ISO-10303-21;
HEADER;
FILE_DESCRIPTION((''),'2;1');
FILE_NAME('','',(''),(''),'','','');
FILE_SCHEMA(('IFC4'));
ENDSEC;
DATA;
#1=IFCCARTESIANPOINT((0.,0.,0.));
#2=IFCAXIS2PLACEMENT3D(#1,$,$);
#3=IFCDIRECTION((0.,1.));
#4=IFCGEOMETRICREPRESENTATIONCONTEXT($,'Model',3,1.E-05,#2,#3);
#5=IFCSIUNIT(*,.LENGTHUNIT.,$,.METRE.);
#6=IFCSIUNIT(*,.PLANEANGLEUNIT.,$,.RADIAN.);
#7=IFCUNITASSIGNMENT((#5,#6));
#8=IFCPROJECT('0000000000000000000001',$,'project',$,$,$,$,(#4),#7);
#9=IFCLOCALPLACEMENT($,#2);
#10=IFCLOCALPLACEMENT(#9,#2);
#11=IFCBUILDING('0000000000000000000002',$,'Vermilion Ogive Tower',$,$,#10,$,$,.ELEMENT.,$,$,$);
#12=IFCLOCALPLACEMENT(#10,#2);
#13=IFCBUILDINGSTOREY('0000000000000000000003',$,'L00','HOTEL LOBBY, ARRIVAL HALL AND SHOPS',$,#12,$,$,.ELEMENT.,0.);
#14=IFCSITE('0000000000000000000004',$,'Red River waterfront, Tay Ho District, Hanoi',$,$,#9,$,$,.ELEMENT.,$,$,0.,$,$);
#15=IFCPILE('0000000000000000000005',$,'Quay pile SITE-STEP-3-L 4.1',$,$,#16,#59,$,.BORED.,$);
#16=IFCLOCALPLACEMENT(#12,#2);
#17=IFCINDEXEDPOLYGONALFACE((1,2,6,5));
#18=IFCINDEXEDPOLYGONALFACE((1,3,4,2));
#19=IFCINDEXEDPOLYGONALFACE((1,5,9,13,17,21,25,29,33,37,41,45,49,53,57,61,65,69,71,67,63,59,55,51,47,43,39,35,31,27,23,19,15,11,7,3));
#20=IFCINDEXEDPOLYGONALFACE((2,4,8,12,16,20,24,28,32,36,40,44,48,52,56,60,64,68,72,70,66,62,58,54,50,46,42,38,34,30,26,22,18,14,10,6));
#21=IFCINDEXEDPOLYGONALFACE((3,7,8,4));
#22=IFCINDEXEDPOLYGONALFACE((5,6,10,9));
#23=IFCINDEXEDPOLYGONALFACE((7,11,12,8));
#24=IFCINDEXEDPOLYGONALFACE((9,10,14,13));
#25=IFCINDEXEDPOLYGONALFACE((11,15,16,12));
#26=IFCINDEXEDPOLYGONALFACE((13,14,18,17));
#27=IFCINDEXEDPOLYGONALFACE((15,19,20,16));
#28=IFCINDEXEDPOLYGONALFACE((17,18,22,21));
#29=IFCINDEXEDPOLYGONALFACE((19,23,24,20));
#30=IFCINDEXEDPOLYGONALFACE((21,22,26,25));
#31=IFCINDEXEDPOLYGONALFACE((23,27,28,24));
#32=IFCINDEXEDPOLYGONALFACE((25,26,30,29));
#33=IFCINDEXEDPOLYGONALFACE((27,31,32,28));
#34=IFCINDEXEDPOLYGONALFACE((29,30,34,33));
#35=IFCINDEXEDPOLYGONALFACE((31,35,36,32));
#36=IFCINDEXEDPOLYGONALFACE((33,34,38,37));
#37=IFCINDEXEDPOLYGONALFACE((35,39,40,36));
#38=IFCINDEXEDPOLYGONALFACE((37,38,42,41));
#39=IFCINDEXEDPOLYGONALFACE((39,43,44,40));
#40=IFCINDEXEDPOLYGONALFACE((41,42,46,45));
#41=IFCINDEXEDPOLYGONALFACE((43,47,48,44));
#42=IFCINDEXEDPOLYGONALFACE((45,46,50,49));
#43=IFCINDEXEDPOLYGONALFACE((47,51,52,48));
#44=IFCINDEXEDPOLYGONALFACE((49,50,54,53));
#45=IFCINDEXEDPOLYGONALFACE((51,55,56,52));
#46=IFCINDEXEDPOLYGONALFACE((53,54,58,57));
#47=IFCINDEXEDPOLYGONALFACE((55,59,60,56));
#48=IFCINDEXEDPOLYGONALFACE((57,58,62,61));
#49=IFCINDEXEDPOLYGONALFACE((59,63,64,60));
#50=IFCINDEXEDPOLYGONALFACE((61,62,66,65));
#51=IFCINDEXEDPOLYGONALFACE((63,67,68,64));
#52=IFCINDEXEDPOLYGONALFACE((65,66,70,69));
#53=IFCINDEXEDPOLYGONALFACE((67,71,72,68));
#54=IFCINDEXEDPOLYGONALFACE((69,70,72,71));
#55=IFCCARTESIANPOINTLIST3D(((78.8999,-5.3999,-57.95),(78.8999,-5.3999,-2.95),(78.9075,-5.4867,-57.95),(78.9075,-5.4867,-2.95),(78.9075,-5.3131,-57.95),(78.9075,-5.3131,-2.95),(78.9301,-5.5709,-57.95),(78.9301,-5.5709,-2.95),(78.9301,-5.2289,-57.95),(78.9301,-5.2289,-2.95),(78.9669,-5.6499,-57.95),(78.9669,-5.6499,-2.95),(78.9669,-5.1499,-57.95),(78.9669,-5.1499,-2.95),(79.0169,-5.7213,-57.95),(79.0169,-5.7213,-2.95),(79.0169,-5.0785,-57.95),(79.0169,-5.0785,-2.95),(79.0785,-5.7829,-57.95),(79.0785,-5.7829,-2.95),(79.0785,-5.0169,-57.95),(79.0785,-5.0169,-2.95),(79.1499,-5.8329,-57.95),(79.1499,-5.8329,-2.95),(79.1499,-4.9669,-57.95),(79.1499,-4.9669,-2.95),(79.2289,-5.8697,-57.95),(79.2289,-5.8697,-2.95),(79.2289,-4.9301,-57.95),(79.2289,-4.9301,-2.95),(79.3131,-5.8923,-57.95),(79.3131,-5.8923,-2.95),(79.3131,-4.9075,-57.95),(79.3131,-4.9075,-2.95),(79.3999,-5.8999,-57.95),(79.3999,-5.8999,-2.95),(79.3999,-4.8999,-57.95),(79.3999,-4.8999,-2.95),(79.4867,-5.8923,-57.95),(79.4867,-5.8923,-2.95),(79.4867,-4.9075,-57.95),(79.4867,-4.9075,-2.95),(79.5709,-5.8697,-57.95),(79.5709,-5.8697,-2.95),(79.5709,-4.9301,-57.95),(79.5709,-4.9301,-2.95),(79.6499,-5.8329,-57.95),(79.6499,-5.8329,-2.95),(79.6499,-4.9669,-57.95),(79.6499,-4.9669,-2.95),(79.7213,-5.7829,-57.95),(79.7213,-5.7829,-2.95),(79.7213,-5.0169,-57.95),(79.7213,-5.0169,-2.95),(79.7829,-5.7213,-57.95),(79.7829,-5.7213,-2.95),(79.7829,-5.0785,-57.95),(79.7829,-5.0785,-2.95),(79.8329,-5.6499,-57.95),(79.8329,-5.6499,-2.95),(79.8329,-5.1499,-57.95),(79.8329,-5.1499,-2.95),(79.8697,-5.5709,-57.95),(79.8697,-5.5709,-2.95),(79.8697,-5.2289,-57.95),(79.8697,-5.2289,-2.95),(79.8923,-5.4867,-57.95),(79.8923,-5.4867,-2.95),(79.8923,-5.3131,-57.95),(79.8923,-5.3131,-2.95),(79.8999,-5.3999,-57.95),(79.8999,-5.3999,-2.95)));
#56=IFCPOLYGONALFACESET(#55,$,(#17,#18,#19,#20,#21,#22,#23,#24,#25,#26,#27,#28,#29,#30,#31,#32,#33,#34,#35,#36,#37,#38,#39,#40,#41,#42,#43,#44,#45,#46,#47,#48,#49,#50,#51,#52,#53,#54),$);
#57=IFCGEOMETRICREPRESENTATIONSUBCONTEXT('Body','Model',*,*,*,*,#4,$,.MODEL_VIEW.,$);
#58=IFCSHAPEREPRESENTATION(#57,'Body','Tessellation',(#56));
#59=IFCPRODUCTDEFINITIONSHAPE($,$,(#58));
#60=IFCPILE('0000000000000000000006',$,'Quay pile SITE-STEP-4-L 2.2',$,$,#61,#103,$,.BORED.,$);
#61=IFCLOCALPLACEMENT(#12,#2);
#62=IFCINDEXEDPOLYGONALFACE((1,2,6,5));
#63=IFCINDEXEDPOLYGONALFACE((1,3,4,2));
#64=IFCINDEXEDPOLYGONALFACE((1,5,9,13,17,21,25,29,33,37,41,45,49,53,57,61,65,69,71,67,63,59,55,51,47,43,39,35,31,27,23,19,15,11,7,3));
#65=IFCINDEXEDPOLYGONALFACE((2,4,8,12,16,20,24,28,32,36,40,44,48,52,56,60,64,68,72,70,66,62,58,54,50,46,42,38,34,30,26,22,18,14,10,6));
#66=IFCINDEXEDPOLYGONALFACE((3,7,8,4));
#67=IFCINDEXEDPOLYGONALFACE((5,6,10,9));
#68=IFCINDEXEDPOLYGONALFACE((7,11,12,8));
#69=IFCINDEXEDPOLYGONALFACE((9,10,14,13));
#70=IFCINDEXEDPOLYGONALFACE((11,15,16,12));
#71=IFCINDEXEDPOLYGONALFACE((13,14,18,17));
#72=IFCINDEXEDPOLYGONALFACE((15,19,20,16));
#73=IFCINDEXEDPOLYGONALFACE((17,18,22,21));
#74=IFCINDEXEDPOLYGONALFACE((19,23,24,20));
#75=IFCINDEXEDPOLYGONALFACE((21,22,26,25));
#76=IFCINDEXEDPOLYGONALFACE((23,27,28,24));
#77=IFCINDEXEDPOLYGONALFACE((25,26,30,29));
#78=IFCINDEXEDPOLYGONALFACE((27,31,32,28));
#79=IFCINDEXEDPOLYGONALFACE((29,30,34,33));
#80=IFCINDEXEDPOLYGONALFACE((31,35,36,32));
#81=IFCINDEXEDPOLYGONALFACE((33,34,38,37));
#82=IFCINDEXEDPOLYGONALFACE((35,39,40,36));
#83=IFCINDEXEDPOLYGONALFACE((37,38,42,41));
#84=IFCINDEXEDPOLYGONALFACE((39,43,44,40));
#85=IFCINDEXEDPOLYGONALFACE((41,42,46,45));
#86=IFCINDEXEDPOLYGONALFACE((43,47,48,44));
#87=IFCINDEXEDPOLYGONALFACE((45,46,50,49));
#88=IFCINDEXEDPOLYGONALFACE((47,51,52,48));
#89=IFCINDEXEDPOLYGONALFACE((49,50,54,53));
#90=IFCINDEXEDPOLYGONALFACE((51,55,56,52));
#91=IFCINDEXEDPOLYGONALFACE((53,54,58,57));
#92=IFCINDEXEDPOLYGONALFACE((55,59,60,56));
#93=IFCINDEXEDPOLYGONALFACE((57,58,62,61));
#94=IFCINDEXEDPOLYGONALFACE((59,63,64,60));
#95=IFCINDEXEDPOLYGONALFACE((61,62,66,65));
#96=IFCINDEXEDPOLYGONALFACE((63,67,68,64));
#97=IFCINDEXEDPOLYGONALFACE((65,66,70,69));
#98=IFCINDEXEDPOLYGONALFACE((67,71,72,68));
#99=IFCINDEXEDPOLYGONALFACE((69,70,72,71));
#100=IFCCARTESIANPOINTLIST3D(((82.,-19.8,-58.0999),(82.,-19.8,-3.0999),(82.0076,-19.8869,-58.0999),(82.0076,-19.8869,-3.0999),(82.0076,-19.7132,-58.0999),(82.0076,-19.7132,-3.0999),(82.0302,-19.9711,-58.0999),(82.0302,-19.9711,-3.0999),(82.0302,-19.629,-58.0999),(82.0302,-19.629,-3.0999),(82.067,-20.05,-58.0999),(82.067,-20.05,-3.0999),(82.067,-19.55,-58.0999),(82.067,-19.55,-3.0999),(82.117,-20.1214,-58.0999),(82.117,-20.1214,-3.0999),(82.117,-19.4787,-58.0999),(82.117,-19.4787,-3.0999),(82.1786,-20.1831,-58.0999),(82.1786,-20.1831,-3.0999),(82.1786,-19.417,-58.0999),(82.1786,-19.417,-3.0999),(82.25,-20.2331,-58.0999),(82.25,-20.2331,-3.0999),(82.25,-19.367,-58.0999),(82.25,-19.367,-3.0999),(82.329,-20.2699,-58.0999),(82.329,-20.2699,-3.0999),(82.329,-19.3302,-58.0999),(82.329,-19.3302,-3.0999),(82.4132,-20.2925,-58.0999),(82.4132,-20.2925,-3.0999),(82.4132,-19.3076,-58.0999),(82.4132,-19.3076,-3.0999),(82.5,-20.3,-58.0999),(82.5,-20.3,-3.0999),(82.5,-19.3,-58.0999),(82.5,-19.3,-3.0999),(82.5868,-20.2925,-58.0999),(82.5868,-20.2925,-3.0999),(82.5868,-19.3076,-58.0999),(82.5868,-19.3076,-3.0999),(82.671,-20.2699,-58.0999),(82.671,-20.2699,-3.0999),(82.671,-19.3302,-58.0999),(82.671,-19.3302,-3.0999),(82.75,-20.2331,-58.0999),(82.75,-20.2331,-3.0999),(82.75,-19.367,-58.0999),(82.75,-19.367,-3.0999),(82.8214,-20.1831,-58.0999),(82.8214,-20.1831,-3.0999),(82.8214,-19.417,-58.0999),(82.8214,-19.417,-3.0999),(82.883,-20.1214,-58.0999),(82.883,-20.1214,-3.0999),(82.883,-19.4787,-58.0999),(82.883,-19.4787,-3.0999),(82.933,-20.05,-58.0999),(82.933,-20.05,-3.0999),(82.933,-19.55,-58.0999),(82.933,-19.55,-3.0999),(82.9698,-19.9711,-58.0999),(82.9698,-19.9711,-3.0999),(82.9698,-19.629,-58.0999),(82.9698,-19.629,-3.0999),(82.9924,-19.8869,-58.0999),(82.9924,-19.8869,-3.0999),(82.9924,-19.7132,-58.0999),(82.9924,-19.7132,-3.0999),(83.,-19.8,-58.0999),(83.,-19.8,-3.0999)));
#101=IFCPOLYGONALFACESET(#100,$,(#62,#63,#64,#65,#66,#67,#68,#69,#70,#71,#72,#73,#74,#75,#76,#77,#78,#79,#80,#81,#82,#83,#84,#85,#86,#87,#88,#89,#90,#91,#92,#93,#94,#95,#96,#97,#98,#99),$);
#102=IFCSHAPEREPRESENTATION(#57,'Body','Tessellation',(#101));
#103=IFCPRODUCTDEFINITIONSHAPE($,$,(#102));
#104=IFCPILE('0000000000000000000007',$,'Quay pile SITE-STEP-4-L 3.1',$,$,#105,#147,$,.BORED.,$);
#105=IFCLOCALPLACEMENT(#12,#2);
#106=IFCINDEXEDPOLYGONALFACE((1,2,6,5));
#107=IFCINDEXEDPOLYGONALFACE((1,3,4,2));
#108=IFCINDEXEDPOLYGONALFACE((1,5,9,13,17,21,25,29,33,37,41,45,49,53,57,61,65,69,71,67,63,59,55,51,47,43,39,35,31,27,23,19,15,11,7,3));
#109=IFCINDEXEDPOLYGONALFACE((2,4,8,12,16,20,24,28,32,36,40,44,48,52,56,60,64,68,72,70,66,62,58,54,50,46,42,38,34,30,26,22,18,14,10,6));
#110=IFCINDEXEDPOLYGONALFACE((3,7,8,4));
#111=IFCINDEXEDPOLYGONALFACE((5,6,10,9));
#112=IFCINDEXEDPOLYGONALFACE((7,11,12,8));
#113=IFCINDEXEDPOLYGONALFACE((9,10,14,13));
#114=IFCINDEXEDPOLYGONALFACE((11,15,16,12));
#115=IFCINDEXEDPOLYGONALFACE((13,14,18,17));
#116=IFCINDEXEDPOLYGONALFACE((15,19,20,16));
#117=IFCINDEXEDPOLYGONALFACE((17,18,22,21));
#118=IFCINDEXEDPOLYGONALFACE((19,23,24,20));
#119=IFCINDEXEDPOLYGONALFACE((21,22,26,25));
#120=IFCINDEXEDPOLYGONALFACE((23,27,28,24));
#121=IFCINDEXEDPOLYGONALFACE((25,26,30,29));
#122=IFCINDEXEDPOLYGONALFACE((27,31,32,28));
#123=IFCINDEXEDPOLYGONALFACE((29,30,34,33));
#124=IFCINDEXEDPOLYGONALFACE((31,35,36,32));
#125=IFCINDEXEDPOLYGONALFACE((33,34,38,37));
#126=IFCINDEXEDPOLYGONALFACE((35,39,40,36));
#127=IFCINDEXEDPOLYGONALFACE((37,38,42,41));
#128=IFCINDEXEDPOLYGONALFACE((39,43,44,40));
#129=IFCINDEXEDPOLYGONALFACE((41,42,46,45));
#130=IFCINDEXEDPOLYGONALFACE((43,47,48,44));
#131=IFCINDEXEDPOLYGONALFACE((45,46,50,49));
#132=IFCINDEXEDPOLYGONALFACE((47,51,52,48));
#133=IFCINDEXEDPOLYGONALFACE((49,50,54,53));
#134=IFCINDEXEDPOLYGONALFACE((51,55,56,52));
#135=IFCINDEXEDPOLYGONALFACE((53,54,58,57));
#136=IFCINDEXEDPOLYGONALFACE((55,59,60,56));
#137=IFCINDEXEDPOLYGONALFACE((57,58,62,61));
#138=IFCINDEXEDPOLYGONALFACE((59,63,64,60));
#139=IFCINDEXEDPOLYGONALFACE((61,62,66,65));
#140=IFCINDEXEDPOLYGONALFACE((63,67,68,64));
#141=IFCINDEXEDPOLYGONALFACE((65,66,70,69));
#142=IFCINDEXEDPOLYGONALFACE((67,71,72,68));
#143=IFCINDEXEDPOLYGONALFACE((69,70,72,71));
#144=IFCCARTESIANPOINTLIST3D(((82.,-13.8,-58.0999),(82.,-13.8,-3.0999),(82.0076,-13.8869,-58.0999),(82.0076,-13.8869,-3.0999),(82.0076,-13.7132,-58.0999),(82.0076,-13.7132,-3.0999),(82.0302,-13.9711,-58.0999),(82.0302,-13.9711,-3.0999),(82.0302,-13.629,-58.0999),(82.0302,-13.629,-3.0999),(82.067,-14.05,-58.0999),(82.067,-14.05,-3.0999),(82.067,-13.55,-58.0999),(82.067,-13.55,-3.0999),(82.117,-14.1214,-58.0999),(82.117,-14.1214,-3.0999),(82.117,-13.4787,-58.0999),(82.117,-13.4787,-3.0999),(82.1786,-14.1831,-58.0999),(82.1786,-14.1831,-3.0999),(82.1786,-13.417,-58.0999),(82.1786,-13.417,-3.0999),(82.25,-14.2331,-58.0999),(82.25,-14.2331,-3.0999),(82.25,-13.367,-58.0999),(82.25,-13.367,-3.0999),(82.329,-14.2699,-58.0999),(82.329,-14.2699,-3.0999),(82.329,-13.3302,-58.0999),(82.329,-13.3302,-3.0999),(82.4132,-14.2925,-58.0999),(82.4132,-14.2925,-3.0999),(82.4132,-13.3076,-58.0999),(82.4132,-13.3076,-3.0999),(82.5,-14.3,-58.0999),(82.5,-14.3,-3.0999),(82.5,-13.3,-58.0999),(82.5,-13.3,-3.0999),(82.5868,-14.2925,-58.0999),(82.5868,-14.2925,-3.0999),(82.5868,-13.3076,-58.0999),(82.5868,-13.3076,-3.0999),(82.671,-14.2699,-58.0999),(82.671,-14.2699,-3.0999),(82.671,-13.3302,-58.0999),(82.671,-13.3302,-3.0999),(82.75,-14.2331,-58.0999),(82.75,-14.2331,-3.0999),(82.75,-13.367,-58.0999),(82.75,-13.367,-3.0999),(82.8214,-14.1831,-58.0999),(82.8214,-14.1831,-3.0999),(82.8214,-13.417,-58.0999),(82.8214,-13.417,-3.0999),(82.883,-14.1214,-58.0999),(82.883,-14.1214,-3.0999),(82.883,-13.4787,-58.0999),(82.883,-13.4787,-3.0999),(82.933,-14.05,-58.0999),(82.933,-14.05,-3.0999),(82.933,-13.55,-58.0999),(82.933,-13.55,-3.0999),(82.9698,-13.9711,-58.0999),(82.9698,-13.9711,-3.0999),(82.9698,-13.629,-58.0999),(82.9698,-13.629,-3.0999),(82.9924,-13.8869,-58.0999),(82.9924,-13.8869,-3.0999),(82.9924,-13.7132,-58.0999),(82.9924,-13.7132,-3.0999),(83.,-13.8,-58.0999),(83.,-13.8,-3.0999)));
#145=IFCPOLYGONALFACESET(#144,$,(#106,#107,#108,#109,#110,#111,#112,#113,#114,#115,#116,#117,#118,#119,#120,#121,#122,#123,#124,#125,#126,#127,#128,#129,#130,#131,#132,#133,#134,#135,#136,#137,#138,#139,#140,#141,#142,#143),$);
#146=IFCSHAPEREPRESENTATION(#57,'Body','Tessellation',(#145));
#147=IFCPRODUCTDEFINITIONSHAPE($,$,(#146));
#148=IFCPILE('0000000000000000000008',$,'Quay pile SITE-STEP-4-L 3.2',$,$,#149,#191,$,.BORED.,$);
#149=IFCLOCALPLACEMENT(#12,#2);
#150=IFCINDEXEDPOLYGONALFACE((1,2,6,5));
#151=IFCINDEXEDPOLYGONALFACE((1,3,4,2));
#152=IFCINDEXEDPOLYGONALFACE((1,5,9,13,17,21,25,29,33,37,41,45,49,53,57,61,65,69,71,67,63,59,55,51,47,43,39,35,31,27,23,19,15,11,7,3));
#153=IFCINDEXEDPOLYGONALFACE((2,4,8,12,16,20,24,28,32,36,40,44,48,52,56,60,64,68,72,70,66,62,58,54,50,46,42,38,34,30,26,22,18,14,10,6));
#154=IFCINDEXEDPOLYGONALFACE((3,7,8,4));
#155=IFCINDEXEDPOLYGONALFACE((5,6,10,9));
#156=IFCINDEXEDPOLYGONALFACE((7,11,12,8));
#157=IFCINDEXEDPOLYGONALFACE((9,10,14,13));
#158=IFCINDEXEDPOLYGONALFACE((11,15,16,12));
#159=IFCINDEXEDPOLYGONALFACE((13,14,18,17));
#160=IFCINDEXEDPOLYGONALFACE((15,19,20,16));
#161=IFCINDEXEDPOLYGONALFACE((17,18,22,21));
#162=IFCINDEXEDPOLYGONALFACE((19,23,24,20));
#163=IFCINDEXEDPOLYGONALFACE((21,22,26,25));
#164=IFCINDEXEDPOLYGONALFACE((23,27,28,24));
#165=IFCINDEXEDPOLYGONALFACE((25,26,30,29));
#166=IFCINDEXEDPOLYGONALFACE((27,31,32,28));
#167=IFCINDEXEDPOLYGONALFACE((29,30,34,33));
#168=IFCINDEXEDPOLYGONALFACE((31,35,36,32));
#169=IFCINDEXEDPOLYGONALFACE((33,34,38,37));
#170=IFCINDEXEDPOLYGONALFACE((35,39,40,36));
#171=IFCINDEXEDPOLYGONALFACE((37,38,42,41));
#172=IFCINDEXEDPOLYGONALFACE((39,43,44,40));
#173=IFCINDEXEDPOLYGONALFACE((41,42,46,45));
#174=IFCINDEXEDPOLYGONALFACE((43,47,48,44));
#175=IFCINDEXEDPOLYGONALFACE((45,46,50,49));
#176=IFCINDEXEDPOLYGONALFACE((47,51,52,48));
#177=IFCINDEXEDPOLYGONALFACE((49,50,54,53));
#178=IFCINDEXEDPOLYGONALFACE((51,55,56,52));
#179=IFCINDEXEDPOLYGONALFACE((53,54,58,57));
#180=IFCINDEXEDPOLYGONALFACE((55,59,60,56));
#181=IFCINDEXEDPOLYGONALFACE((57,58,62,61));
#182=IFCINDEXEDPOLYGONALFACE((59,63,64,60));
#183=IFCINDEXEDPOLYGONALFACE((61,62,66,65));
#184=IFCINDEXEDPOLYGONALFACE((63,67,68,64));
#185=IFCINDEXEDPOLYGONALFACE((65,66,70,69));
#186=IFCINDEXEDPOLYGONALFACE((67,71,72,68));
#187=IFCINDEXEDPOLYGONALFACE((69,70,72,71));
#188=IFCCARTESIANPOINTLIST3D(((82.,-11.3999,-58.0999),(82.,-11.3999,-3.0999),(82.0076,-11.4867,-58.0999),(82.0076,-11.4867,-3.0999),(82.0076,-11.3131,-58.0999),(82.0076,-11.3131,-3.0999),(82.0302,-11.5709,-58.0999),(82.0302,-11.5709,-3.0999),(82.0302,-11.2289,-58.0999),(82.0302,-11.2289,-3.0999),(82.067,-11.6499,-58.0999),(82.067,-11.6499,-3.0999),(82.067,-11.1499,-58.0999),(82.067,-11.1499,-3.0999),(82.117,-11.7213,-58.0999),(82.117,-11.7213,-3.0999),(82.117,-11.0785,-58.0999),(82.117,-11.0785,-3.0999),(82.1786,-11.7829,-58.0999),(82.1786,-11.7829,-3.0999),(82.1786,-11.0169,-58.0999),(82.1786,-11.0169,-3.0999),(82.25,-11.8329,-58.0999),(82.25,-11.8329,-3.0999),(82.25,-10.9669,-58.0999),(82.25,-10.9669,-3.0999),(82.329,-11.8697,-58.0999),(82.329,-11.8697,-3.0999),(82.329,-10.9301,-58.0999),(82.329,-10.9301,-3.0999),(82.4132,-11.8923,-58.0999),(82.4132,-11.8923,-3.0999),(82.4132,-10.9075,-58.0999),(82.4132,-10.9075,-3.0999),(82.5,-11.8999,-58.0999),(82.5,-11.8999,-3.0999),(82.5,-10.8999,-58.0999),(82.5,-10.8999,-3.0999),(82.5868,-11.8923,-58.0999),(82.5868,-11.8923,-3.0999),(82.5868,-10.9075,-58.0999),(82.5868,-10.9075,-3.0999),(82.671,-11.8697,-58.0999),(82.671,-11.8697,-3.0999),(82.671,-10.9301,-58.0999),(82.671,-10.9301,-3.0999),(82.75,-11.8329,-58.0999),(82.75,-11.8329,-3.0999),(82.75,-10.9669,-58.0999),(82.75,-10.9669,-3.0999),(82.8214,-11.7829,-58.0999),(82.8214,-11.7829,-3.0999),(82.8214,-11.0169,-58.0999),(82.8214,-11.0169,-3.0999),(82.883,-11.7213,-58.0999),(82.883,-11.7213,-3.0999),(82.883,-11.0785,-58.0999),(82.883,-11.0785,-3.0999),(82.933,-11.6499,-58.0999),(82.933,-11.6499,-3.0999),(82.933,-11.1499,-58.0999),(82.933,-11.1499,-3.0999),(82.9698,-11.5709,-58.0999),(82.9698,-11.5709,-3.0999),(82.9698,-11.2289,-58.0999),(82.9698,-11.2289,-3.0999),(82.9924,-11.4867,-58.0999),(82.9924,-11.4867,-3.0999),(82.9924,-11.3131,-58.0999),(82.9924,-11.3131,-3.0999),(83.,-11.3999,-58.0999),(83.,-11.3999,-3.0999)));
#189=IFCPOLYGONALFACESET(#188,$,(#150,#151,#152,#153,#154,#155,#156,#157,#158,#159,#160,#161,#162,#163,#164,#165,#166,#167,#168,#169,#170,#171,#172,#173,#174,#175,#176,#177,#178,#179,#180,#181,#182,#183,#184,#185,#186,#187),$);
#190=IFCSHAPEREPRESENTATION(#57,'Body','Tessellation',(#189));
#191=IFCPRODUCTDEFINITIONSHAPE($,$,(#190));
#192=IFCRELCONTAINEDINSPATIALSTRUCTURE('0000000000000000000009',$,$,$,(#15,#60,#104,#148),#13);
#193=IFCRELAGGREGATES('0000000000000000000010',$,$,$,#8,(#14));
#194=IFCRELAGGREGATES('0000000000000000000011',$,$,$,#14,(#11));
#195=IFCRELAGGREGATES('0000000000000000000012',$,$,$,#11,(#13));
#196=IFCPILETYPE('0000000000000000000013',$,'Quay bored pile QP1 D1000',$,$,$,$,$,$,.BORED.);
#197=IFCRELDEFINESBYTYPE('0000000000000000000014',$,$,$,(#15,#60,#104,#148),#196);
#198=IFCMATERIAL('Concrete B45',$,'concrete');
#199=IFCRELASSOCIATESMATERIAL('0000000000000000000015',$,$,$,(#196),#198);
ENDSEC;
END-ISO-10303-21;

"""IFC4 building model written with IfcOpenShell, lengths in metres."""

from ifc_helpers import new_model, si_unit, direction, frame, origin, origin_2d, place, context, subcontext, project, spatial, circle, extrude, material, type_object, element, save


model = new_model("IFC4")

# Units and contexts
model_context = context("Model", 3, precision=1e-05, world=origin(), true_north=direction((0.0, 1.0)))
body_context = subcontext(model_context, "Body", "Model", "MODEL_VIEW")
ifc_project = project(units=[si_unit("LENGTHUNIT", "METRE"), si_unit("PLANEANGLEUNIT", "RADIAN")], contexts=[model_context])

# Site, building, storey
site_placement = place(None, origin())
site = spatial("IfcSite", under=ifc_project, at=site_placement, Name="Red River waterfront, Tay Ho District, Hanoi", CompositionType="ELEMENT", RefElevation=0.0)
building_placement = place(site_placement, origin())
building = spatial("IfcBuilding", under=site, at=building_placement, Name="Vermilion Ogive Tower", CompositionType="ELEMENT")
storey_placement = place(building_placement, origin())
storey = spatial("IfcBuildingStorey", under=building, at=storey_placement, Name="L00", Description="HOTEL LOBBY, ARRIVAL HALL AND SHOPS", CompositionType="ELEMENT", Elevation=0.0)

# Piles
ifc_material_1 = material(Name="Concrete B45", Category="concrete")
pile_type = type_object("IfcPileType", Name="Quay bored pile QP1 D1000", PredefinedType="BORED", material=ifc_material_1)
for number, where, z_axis, x_axis, name in (
    (1, (79.3999, -5.3999, -2.95), (0.0, 0.0, -1.0), (1.0, 0.0, 0.0), "Quay pile SITE-STEP-3-L 4.1"),
    (2, (82.5, -19.8, -3.0999), (0.0, 0.0, -1.0), (1.0, 0.0, 0.0), "Quay pile SITE-STEP-4-L 2.2"),
    (3, (82.5, -13.8, -3.0999), (0.0, 0.0, -1.0), (1.0, 0.0, 0.0), "Quay pile SITE-STEP-4-L 3.1"),
    (4, (82.5, -11.3999, -3.0999), (0.0, 0.0, -1.0), (1.0, 0.0, 0.0), "Quay pile SITE-STEP-4-L 3.2"),
):
    element("IfcPile", number, at=place(storey_placement, frame(where, z_axis=z_axis, x_axis=x_axis)), inside=storey, type_object=pile_type, Name=name, PredefinedType="BORED", context=body_context, shape_type="SweptSolid", body=[
        extrude(circle(Radius=0.5, at=origin_2d()), origin(), (0.0, 0.0, 1.0), 55.0),
    ])

save(model, "model.ifc")
